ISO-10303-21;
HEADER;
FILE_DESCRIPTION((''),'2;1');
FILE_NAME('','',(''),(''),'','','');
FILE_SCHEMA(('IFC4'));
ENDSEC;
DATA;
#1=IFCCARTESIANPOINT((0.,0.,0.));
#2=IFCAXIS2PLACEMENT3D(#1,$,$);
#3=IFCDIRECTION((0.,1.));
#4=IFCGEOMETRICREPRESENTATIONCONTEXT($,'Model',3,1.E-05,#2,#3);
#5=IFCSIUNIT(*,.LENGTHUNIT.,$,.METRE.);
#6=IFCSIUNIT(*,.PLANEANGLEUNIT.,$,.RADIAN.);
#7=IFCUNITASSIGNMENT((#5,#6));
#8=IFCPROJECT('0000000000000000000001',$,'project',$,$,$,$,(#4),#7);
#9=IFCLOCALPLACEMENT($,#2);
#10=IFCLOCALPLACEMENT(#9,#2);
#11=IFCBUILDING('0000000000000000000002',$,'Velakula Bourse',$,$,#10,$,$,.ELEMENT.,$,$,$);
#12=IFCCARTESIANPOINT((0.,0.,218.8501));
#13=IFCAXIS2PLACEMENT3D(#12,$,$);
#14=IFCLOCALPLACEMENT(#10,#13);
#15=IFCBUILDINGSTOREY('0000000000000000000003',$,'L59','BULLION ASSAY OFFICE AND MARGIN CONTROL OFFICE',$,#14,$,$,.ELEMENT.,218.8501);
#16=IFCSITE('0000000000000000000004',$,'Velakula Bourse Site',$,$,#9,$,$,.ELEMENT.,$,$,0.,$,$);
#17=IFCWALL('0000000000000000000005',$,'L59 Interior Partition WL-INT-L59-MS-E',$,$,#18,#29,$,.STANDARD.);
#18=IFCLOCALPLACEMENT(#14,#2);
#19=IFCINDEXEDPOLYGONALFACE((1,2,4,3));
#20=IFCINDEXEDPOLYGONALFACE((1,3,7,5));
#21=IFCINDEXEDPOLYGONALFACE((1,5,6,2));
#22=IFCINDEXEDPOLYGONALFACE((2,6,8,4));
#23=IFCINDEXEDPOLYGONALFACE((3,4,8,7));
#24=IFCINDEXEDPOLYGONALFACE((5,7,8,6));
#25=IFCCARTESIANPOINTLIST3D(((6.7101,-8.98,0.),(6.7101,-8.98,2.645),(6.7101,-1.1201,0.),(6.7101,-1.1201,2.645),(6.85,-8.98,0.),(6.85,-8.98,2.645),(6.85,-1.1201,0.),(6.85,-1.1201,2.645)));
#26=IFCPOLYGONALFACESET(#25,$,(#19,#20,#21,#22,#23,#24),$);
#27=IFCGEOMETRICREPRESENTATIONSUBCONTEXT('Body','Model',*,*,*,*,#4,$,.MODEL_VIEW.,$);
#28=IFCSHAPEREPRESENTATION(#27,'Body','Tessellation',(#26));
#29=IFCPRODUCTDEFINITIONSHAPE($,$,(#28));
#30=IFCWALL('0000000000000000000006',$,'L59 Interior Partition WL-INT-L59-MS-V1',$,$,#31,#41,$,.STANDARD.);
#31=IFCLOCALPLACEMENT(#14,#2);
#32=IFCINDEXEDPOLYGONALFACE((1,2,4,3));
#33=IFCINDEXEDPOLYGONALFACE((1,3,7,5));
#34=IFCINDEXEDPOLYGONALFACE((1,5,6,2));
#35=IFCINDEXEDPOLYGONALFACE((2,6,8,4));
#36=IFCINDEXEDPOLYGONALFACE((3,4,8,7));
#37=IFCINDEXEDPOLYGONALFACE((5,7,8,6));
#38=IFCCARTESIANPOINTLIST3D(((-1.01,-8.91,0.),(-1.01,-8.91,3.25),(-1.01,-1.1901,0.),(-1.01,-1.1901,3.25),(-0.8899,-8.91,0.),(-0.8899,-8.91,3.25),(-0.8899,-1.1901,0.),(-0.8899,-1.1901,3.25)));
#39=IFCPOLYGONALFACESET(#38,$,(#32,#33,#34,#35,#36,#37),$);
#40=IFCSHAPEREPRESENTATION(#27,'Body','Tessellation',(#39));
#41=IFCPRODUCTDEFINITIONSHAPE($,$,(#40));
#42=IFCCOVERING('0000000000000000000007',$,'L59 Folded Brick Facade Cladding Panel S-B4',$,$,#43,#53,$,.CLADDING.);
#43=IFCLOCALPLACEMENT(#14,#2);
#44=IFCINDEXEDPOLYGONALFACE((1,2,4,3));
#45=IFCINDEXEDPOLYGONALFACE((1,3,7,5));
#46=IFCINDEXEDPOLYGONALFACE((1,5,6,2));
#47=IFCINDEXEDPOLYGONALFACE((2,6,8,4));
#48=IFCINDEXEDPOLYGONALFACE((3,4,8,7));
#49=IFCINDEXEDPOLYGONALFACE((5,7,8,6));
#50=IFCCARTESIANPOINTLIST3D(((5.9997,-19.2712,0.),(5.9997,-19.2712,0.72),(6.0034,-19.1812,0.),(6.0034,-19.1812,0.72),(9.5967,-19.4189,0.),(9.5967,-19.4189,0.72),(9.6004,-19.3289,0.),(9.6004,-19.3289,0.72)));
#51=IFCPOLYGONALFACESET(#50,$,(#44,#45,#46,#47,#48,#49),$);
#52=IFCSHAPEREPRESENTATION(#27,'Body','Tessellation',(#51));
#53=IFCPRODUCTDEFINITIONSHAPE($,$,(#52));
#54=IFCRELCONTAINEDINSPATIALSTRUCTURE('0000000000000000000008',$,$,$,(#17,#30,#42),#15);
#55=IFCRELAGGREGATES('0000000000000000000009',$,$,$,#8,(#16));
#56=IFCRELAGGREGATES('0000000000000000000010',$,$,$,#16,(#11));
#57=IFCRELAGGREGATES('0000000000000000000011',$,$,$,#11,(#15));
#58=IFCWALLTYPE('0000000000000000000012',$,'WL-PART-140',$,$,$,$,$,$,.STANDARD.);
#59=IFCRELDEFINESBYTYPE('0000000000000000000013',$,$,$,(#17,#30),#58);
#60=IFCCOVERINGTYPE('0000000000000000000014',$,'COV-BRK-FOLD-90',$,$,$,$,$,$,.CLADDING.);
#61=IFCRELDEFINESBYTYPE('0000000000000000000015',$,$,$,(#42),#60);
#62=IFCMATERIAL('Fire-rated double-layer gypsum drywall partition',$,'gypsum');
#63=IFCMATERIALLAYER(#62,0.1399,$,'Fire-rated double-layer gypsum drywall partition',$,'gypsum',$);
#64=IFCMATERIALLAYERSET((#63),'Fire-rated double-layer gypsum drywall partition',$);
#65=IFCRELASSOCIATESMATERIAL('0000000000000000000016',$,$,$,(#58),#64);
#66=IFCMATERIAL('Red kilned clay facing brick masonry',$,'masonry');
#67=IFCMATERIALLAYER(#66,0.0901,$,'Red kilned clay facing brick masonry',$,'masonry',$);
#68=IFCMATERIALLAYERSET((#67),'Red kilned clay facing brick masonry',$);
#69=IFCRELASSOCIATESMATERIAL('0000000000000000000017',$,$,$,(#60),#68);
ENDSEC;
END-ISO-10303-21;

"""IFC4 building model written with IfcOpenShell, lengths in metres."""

from ifc_helpers import new_model, si_unit, direction, frame, frame_2d, origin, origin_2d, place, context, subcontext, project, spatial, rectangle, extrude, material, layer, layer_set, type_object, element, save


model = new_model("IFC4")

# Units and contexts
model_context = context("Model", 3, precision=1e-05, world=origin(), true_north=direction((0.0, 1.0)))
body_context = subcontext(model_context, "Body", "Model", "MODEL_VIEW")
ifc_project = project(units=[si_unit("LENGTHUNIT", "METRE"), si_unit("PLANEANGLEUNIT", "RADIAN")], contexts=[model_context])

# Site, building, storey
site_placement = place(None, origin())
site = spatial("IfcSite", under=ifc_project, at=site_placement, Name="Velakula Bourse Site", CompositionType="ELEMENT", RefElevation=0.0)
building_placement = place(site_placement, origin())
building = spatial("IfcBuilding", under=site, at=building_placement, Name="Velakula Bourse", CompositionType="ELEMENT")
storey_placement = place(building_placement, frame((0.0, 0.0, 218.8501)))
storey = spatial("IfcBuildingStorey", under=building, at=storey_placement, Name="L59", Description="BULLION ASSAY OFFICE AND MARGIN CONTROL OFFICE", CompositionType="ELEMENT", Elevation=218.8501)

# Walls
ifc_material_1 = material(Name="Fire-rated double-layer gypsum drywall partition", Category="gypsum")
ifc_layer_1 = layer(ifc_material_1, 0.1399, Name="Fire-rated double-layer gypsum drywall partition", Category="gypsum")
ifc_layer_set_1 = layer_set([ifc_layer_1], Name="Fire-rated double-layer gypsum drywall partition")
wall_type_1 = type_object("IfcWallType", Name="WL-PART-140", PredefinedType="STANDARD", material=ifc_layer_set_1)
wall_1_placement = place(storey_placement, frame((6.78, -8.98, 0.0), z_axis=(0.0, 0.0, 1.0), x_axis=(0.0, 1.0, 0.0)))
element("IfcWall", 1, at=wall_1_placement, inside=storey, type_object=wall_type_1, Name="L59 Interior Partition WL-INT-L59-MS-E", PredefinedType="STANDARD", context=body_context, shape_type="SweptSolid", body=[
    extrude(rectangle(XDim=7.8599, YDim=0.1399, at=frame_2d((3.9299, 0.0))), origin(), (0.0, 0.0, 1.0), 2.645),
])
wall_2_placement = place(storey_placement, frame((-0.95, -8.9099, 0.0), z_axis=(0.0, 0.0, 1.0), x_axis=(0.0, 1.0, 0.0)))
element("IfcWall", 2, at=wall_2_placement, inside=storey, type_object=wall_type_1, Name="L59 Interior Partition WL-INT-L59-MS-V1", PredefinedType="STANDARD", context=body_context, shape_type="SweptSolid", body=[
    extrude(rectangle(XDim=7.72, YDim=0.1201, at=frame_2d((3.8599, 0.0))), origin(), (0.0, 0.0, 1.0), 3.25),
])

# Covering
ifc_material_2 = material(Name="Red kilned clay facing brick masonry", Category="masonry")
ifc_layer_2 = layer(ifc_material_2, 0.0901, Name="Red kilned clay facing brick masonry", Category="masonry")
ifc_layer_set_2 = layer_set([ifc_layer_2], Name="Red kilned clay facing brick masonry")
covering_type = type_object("IfcCoveringType", Name="COV-BRK-FOLD-90", PredefinedType="CLADDING", material=ifc_layer_set_2)
covering_placement = place(storey_placement, frame((7.8, -19.3, 0.0), z_axis=(0.0, 0.0, 1.0), x_axis=(0.999159, -0.041004, 0.0)))
element("IfcCovering", 3, at=covering_placement, inside=storey, type_object=covering_type, Name="L59 Folded Brick Facade Cladding Panel S-B4", PredefinedType="CLADDING", context=body_context, shape_type="SweptSolid", body=[
    extrude(rectangle(XDim=3.6001, YDim=0.0901, at=origin_2d()), origin(), (0.0, 0.0, 1.0), 0.72),
])

save(model, "model.ifc")
